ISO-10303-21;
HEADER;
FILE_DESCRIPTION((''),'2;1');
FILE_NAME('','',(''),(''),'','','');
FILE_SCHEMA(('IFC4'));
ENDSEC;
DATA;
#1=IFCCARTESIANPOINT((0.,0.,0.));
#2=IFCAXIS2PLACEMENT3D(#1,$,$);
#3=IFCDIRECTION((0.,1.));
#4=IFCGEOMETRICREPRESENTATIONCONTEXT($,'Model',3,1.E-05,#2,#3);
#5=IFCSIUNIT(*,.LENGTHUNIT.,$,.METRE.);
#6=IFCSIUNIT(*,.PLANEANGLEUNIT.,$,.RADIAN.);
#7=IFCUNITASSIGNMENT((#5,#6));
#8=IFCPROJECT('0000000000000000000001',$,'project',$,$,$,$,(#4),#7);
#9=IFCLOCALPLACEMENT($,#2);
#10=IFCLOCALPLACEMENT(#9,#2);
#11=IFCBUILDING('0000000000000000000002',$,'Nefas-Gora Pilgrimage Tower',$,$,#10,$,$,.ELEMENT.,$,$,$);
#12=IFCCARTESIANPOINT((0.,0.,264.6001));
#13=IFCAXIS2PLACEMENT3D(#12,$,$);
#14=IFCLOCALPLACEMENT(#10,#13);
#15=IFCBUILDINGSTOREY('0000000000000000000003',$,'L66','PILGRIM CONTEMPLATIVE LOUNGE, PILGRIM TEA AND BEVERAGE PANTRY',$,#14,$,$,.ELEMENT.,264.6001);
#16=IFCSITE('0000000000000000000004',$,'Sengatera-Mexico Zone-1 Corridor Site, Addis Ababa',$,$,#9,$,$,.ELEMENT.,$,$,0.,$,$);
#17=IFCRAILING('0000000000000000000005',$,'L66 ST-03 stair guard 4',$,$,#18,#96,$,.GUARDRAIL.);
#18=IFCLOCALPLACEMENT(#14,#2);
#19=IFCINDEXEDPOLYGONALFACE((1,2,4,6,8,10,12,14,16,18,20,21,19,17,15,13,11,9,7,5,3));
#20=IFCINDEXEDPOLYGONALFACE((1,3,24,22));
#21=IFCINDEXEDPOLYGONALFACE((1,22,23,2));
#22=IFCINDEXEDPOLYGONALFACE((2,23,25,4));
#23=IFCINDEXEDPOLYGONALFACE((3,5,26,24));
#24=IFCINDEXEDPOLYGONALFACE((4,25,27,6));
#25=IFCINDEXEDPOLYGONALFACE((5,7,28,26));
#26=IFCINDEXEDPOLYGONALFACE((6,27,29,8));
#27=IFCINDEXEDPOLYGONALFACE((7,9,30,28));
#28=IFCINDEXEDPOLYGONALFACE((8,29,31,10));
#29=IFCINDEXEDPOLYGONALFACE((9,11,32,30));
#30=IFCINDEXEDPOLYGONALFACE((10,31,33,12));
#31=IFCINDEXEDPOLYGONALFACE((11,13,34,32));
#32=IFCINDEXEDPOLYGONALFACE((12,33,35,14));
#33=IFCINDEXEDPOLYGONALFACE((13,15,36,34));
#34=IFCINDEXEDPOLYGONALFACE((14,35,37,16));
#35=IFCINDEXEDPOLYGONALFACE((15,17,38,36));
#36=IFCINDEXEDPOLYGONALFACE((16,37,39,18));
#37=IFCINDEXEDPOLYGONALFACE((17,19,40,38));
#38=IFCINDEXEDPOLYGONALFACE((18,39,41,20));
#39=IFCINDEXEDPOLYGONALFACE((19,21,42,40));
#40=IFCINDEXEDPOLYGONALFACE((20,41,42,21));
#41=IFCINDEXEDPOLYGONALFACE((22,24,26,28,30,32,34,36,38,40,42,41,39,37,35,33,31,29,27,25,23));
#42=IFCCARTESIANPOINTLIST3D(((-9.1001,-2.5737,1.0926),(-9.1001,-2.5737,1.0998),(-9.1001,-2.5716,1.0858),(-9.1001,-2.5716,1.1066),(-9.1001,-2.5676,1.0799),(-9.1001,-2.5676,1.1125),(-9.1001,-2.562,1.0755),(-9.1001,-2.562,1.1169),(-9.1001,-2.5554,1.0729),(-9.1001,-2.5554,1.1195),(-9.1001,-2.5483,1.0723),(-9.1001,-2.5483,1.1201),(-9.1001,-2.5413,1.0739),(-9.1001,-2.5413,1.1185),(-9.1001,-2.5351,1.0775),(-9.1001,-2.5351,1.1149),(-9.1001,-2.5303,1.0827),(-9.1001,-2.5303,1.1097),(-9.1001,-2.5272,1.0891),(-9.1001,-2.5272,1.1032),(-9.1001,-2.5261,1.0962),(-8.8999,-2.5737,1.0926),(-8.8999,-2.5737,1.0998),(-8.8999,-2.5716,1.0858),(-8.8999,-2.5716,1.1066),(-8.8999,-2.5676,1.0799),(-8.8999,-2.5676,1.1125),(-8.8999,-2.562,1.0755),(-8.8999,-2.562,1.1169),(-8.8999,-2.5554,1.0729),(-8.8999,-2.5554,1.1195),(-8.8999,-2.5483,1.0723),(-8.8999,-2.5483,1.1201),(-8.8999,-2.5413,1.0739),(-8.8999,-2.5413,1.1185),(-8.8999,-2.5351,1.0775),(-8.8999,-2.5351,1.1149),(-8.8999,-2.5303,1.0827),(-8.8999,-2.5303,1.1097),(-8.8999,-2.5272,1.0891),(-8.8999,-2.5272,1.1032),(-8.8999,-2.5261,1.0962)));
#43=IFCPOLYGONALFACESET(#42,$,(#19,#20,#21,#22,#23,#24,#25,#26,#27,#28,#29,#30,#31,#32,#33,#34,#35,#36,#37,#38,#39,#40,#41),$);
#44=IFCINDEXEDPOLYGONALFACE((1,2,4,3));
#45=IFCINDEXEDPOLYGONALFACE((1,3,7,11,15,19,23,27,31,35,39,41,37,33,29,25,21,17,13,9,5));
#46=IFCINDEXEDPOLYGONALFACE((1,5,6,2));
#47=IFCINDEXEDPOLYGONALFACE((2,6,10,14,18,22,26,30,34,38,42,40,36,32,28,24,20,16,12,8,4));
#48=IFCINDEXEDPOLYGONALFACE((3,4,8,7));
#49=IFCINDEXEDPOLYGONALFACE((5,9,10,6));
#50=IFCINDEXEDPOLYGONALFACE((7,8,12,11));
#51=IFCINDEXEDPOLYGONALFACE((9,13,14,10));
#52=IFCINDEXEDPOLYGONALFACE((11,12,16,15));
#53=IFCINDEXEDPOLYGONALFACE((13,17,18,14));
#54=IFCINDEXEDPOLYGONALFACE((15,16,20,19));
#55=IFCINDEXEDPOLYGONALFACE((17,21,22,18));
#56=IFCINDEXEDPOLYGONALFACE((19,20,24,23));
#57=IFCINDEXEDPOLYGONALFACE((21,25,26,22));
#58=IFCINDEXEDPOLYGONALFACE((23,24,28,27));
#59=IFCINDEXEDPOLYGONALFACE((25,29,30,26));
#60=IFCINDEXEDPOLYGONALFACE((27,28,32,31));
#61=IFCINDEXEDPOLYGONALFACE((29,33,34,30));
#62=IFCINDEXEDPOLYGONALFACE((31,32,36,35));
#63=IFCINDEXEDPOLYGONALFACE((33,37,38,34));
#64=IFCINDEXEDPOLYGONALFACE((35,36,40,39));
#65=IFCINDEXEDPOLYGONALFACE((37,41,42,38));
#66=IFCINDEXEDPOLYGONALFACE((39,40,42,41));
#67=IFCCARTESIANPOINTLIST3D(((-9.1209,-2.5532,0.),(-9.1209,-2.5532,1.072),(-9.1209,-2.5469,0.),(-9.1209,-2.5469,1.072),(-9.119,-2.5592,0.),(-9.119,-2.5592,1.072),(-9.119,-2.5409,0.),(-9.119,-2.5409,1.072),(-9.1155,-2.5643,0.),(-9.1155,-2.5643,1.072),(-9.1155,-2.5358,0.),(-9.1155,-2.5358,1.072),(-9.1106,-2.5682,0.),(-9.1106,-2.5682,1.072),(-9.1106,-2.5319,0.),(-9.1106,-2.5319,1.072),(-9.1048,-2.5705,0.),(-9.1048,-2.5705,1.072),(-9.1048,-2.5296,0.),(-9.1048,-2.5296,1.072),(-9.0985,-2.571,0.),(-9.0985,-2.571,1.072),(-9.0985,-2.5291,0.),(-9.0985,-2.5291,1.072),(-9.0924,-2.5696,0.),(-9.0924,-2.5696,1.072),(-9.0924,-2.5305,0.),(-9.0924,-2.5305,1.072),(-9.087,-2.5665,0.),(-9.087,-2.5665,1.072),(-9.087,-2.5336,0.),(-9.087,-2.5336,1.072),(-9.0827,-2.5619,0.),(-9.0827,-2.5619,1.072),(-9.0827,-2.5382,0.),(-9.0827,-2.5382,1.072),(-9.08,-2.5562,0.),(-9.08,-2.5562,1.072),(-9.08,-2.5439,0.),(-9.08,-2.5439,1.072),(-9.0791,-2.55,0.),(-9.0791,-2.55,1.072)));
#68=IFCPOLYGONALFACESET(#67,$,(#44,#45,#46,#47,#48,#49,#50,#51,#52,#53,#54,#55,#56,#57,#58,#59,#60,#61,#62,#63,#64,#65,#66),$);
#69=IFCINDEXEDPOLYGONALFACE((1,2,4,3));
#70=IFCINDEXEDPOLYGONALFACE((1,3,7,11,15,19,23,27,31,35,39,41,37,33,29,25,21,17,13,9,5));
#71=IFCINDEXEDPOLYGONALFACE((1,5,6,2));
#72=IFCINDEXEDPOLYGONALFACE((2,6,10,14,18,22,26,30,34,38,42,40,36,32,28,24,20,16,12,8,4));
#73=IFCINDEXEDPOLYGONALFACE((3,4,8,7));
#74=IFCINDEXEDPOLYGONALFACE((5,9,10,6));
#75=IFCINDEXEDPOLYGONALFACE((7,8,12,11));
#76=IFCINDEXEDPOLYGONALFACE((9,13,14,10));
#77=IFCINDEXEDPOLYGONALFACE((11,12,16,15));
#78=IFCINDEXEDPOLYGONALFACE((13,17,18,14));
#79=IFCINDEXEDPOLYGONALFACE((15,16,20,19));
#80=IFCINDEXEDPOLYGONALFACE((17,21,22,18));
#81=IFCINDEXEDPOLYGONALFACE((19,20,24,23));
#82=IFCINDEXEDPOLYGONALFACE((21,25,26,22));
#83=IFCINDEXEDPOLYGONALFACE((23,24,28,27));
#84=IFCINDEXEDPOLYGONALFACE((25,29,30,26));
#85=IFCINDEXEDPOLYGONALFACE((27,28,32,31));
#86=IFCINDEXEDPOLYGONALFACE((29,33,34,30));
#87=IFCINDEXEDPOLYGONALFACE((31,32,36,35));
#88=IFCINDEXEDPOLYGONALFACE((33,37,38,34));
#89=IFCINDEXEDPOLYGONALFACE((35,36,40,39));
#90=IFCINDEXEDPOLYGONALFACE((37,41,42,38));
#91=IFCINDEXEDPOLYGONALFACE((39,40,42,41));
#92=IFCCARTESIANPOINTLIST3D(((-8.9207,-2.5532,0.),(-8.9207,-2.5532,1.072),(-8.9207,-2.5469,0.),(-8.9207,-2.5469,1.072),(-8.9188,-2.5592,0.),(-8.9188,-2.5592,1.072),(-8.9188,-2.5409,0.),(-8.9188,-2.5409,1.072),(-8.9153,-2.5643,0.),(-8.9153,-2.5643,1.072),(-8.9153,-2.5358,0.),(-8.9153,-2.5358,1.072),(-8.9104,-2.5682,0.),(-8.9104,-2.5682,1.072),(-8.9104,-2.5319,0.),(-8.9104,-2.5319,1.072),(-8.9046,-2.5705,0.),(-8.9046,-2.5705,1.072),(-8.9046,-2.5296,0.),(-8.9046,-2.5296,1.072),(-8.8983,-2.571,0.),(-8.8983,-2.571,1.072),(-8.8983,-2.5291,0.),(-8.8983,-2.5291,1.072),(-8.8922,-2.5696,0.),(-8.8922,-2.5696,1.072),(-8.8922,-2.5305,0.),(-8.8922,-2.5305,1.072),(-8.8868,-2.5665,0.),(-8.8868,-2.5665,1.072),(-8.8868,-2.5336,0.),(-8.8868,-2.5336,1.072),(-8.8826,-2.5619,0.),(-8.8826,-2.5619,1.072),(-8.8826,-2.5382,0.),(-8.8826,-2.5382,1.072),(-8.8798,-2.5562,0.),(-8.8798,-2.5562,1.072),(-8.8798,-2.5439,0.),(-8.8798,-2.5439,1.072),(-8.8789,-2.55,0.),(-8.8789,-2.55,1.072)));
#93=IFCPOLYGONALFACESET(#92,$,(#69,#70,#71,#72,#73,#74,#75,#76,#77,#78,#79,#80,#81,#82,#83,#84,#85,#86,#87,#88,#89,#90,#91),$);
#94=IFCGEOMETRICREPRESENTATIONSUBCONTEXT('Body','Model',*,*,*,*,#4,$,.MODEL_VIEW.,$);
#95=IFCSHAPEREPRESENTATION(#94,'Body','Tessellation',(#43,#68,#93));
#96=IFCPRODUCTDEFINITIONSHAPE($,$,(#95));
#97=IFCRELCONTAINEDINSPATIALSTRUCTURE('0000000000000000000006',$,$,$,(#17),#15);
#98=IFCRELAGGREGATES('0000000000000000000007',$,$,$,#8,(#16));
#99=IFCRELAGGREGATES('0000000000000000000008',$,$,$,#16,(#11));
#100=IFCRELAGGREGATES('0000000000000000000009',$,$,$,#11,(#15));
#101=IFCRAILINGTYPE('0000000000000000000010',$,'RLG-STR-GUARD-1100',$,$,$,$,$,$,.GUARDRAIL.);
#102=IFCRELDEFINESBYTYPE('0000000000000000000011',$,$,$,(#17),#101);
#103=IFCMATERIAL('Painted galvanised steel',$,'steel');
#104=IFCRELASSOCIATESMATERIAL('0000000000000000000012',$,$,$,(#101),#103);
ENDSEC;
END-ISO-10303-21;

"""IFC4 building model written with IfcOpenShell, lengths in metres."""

from ifc_helpers import new_model, si_unit, direction, frame, origin, origin_2d, place, context, subcontext, project, spatial, circle, extrude, material, type_object, element, save


model = new_model("IFC4")

# Units and contexts
model_context = context("Model", 3, precision=1e-05, world=origin(), true_north=direction((0.0, 1.0)))
body_context = subcontext(model_context, "Body", "Model", "MODEL_VIEW")
ifc_project = project(units=[si_unit("LENGTHUNIT", "METRE"), si_unit("PLANEANGLEUNIT", "RADIAN")], contexts=[model_context])

# Site, building, storey
site_placement = place(None, origin())
site = spatial("IfcSite", under=ifc_project, at=site_placement, Name="Sengatera-Mexico Zone-1 Corridor Site, Addis Ababa", CompositionType="ELEMENT", RefElevation=0.0)
building_placement = place(site_placement, origin())
building = spatial("IfcBuilding", under=site, at=building_placement, Name="Nefas-Gora Pilgrimage Tower", CompositionType="ELEMENT")
storey_placement = place(building_placement, frame((0.0, 0.0, 264.6001)))
storey = spatial("IfcBuildingStorey", under=building, at=storey_placement, Name="L66", Description="PILGRIM CONTEMPLATIVE LOUNGE, PILGRIM TEA AND BEVERAGE PANTRY", CompositionType="ELEMENT", Elevation=264.6001)

# Railing
ifc_material_1 = material(Name="Painted galvanised steel", Category="steel")
railing_type_1 = type_object("IfcRailingType", Name="RLG-STR-GUARD-1100", PredefinedType="GUARDRAIL", material=ifc_material_1)
railing_1_placement = place(storey_placement, frame((-9.1001, -2.55, 0.0)))
element("IfcRailing", 1, at=railing_1_placement, inside=storey, type_object=railing_type_1, Name="L66 ST-03 stair guard 4", PredefinedType="GUARDRAIL", context=body_context, shape_type="SweptSolid", body=[
    extrude(circle(Radius=0.0239, at=origin_2d()), frame((0.0, 0.0, 1.0962), z_axis=(1.0, 0.0, 0.0), x_axis=(0.0, 1.0, 0.0)), (0.0, 0.0, 1.0), 0.2002),
    extrude(circle(Radius=0.021, at=origin_2d()), origin(), (0.0, 0.0, 1.0), 1.072),
    extrude(circle(Radius=0.021, at=origin_2d()), frame((0.2002, 0.0, 0.0)), (0.0, 0.0, 1.0), 1.072),
])

save(model, "model.ifc")
